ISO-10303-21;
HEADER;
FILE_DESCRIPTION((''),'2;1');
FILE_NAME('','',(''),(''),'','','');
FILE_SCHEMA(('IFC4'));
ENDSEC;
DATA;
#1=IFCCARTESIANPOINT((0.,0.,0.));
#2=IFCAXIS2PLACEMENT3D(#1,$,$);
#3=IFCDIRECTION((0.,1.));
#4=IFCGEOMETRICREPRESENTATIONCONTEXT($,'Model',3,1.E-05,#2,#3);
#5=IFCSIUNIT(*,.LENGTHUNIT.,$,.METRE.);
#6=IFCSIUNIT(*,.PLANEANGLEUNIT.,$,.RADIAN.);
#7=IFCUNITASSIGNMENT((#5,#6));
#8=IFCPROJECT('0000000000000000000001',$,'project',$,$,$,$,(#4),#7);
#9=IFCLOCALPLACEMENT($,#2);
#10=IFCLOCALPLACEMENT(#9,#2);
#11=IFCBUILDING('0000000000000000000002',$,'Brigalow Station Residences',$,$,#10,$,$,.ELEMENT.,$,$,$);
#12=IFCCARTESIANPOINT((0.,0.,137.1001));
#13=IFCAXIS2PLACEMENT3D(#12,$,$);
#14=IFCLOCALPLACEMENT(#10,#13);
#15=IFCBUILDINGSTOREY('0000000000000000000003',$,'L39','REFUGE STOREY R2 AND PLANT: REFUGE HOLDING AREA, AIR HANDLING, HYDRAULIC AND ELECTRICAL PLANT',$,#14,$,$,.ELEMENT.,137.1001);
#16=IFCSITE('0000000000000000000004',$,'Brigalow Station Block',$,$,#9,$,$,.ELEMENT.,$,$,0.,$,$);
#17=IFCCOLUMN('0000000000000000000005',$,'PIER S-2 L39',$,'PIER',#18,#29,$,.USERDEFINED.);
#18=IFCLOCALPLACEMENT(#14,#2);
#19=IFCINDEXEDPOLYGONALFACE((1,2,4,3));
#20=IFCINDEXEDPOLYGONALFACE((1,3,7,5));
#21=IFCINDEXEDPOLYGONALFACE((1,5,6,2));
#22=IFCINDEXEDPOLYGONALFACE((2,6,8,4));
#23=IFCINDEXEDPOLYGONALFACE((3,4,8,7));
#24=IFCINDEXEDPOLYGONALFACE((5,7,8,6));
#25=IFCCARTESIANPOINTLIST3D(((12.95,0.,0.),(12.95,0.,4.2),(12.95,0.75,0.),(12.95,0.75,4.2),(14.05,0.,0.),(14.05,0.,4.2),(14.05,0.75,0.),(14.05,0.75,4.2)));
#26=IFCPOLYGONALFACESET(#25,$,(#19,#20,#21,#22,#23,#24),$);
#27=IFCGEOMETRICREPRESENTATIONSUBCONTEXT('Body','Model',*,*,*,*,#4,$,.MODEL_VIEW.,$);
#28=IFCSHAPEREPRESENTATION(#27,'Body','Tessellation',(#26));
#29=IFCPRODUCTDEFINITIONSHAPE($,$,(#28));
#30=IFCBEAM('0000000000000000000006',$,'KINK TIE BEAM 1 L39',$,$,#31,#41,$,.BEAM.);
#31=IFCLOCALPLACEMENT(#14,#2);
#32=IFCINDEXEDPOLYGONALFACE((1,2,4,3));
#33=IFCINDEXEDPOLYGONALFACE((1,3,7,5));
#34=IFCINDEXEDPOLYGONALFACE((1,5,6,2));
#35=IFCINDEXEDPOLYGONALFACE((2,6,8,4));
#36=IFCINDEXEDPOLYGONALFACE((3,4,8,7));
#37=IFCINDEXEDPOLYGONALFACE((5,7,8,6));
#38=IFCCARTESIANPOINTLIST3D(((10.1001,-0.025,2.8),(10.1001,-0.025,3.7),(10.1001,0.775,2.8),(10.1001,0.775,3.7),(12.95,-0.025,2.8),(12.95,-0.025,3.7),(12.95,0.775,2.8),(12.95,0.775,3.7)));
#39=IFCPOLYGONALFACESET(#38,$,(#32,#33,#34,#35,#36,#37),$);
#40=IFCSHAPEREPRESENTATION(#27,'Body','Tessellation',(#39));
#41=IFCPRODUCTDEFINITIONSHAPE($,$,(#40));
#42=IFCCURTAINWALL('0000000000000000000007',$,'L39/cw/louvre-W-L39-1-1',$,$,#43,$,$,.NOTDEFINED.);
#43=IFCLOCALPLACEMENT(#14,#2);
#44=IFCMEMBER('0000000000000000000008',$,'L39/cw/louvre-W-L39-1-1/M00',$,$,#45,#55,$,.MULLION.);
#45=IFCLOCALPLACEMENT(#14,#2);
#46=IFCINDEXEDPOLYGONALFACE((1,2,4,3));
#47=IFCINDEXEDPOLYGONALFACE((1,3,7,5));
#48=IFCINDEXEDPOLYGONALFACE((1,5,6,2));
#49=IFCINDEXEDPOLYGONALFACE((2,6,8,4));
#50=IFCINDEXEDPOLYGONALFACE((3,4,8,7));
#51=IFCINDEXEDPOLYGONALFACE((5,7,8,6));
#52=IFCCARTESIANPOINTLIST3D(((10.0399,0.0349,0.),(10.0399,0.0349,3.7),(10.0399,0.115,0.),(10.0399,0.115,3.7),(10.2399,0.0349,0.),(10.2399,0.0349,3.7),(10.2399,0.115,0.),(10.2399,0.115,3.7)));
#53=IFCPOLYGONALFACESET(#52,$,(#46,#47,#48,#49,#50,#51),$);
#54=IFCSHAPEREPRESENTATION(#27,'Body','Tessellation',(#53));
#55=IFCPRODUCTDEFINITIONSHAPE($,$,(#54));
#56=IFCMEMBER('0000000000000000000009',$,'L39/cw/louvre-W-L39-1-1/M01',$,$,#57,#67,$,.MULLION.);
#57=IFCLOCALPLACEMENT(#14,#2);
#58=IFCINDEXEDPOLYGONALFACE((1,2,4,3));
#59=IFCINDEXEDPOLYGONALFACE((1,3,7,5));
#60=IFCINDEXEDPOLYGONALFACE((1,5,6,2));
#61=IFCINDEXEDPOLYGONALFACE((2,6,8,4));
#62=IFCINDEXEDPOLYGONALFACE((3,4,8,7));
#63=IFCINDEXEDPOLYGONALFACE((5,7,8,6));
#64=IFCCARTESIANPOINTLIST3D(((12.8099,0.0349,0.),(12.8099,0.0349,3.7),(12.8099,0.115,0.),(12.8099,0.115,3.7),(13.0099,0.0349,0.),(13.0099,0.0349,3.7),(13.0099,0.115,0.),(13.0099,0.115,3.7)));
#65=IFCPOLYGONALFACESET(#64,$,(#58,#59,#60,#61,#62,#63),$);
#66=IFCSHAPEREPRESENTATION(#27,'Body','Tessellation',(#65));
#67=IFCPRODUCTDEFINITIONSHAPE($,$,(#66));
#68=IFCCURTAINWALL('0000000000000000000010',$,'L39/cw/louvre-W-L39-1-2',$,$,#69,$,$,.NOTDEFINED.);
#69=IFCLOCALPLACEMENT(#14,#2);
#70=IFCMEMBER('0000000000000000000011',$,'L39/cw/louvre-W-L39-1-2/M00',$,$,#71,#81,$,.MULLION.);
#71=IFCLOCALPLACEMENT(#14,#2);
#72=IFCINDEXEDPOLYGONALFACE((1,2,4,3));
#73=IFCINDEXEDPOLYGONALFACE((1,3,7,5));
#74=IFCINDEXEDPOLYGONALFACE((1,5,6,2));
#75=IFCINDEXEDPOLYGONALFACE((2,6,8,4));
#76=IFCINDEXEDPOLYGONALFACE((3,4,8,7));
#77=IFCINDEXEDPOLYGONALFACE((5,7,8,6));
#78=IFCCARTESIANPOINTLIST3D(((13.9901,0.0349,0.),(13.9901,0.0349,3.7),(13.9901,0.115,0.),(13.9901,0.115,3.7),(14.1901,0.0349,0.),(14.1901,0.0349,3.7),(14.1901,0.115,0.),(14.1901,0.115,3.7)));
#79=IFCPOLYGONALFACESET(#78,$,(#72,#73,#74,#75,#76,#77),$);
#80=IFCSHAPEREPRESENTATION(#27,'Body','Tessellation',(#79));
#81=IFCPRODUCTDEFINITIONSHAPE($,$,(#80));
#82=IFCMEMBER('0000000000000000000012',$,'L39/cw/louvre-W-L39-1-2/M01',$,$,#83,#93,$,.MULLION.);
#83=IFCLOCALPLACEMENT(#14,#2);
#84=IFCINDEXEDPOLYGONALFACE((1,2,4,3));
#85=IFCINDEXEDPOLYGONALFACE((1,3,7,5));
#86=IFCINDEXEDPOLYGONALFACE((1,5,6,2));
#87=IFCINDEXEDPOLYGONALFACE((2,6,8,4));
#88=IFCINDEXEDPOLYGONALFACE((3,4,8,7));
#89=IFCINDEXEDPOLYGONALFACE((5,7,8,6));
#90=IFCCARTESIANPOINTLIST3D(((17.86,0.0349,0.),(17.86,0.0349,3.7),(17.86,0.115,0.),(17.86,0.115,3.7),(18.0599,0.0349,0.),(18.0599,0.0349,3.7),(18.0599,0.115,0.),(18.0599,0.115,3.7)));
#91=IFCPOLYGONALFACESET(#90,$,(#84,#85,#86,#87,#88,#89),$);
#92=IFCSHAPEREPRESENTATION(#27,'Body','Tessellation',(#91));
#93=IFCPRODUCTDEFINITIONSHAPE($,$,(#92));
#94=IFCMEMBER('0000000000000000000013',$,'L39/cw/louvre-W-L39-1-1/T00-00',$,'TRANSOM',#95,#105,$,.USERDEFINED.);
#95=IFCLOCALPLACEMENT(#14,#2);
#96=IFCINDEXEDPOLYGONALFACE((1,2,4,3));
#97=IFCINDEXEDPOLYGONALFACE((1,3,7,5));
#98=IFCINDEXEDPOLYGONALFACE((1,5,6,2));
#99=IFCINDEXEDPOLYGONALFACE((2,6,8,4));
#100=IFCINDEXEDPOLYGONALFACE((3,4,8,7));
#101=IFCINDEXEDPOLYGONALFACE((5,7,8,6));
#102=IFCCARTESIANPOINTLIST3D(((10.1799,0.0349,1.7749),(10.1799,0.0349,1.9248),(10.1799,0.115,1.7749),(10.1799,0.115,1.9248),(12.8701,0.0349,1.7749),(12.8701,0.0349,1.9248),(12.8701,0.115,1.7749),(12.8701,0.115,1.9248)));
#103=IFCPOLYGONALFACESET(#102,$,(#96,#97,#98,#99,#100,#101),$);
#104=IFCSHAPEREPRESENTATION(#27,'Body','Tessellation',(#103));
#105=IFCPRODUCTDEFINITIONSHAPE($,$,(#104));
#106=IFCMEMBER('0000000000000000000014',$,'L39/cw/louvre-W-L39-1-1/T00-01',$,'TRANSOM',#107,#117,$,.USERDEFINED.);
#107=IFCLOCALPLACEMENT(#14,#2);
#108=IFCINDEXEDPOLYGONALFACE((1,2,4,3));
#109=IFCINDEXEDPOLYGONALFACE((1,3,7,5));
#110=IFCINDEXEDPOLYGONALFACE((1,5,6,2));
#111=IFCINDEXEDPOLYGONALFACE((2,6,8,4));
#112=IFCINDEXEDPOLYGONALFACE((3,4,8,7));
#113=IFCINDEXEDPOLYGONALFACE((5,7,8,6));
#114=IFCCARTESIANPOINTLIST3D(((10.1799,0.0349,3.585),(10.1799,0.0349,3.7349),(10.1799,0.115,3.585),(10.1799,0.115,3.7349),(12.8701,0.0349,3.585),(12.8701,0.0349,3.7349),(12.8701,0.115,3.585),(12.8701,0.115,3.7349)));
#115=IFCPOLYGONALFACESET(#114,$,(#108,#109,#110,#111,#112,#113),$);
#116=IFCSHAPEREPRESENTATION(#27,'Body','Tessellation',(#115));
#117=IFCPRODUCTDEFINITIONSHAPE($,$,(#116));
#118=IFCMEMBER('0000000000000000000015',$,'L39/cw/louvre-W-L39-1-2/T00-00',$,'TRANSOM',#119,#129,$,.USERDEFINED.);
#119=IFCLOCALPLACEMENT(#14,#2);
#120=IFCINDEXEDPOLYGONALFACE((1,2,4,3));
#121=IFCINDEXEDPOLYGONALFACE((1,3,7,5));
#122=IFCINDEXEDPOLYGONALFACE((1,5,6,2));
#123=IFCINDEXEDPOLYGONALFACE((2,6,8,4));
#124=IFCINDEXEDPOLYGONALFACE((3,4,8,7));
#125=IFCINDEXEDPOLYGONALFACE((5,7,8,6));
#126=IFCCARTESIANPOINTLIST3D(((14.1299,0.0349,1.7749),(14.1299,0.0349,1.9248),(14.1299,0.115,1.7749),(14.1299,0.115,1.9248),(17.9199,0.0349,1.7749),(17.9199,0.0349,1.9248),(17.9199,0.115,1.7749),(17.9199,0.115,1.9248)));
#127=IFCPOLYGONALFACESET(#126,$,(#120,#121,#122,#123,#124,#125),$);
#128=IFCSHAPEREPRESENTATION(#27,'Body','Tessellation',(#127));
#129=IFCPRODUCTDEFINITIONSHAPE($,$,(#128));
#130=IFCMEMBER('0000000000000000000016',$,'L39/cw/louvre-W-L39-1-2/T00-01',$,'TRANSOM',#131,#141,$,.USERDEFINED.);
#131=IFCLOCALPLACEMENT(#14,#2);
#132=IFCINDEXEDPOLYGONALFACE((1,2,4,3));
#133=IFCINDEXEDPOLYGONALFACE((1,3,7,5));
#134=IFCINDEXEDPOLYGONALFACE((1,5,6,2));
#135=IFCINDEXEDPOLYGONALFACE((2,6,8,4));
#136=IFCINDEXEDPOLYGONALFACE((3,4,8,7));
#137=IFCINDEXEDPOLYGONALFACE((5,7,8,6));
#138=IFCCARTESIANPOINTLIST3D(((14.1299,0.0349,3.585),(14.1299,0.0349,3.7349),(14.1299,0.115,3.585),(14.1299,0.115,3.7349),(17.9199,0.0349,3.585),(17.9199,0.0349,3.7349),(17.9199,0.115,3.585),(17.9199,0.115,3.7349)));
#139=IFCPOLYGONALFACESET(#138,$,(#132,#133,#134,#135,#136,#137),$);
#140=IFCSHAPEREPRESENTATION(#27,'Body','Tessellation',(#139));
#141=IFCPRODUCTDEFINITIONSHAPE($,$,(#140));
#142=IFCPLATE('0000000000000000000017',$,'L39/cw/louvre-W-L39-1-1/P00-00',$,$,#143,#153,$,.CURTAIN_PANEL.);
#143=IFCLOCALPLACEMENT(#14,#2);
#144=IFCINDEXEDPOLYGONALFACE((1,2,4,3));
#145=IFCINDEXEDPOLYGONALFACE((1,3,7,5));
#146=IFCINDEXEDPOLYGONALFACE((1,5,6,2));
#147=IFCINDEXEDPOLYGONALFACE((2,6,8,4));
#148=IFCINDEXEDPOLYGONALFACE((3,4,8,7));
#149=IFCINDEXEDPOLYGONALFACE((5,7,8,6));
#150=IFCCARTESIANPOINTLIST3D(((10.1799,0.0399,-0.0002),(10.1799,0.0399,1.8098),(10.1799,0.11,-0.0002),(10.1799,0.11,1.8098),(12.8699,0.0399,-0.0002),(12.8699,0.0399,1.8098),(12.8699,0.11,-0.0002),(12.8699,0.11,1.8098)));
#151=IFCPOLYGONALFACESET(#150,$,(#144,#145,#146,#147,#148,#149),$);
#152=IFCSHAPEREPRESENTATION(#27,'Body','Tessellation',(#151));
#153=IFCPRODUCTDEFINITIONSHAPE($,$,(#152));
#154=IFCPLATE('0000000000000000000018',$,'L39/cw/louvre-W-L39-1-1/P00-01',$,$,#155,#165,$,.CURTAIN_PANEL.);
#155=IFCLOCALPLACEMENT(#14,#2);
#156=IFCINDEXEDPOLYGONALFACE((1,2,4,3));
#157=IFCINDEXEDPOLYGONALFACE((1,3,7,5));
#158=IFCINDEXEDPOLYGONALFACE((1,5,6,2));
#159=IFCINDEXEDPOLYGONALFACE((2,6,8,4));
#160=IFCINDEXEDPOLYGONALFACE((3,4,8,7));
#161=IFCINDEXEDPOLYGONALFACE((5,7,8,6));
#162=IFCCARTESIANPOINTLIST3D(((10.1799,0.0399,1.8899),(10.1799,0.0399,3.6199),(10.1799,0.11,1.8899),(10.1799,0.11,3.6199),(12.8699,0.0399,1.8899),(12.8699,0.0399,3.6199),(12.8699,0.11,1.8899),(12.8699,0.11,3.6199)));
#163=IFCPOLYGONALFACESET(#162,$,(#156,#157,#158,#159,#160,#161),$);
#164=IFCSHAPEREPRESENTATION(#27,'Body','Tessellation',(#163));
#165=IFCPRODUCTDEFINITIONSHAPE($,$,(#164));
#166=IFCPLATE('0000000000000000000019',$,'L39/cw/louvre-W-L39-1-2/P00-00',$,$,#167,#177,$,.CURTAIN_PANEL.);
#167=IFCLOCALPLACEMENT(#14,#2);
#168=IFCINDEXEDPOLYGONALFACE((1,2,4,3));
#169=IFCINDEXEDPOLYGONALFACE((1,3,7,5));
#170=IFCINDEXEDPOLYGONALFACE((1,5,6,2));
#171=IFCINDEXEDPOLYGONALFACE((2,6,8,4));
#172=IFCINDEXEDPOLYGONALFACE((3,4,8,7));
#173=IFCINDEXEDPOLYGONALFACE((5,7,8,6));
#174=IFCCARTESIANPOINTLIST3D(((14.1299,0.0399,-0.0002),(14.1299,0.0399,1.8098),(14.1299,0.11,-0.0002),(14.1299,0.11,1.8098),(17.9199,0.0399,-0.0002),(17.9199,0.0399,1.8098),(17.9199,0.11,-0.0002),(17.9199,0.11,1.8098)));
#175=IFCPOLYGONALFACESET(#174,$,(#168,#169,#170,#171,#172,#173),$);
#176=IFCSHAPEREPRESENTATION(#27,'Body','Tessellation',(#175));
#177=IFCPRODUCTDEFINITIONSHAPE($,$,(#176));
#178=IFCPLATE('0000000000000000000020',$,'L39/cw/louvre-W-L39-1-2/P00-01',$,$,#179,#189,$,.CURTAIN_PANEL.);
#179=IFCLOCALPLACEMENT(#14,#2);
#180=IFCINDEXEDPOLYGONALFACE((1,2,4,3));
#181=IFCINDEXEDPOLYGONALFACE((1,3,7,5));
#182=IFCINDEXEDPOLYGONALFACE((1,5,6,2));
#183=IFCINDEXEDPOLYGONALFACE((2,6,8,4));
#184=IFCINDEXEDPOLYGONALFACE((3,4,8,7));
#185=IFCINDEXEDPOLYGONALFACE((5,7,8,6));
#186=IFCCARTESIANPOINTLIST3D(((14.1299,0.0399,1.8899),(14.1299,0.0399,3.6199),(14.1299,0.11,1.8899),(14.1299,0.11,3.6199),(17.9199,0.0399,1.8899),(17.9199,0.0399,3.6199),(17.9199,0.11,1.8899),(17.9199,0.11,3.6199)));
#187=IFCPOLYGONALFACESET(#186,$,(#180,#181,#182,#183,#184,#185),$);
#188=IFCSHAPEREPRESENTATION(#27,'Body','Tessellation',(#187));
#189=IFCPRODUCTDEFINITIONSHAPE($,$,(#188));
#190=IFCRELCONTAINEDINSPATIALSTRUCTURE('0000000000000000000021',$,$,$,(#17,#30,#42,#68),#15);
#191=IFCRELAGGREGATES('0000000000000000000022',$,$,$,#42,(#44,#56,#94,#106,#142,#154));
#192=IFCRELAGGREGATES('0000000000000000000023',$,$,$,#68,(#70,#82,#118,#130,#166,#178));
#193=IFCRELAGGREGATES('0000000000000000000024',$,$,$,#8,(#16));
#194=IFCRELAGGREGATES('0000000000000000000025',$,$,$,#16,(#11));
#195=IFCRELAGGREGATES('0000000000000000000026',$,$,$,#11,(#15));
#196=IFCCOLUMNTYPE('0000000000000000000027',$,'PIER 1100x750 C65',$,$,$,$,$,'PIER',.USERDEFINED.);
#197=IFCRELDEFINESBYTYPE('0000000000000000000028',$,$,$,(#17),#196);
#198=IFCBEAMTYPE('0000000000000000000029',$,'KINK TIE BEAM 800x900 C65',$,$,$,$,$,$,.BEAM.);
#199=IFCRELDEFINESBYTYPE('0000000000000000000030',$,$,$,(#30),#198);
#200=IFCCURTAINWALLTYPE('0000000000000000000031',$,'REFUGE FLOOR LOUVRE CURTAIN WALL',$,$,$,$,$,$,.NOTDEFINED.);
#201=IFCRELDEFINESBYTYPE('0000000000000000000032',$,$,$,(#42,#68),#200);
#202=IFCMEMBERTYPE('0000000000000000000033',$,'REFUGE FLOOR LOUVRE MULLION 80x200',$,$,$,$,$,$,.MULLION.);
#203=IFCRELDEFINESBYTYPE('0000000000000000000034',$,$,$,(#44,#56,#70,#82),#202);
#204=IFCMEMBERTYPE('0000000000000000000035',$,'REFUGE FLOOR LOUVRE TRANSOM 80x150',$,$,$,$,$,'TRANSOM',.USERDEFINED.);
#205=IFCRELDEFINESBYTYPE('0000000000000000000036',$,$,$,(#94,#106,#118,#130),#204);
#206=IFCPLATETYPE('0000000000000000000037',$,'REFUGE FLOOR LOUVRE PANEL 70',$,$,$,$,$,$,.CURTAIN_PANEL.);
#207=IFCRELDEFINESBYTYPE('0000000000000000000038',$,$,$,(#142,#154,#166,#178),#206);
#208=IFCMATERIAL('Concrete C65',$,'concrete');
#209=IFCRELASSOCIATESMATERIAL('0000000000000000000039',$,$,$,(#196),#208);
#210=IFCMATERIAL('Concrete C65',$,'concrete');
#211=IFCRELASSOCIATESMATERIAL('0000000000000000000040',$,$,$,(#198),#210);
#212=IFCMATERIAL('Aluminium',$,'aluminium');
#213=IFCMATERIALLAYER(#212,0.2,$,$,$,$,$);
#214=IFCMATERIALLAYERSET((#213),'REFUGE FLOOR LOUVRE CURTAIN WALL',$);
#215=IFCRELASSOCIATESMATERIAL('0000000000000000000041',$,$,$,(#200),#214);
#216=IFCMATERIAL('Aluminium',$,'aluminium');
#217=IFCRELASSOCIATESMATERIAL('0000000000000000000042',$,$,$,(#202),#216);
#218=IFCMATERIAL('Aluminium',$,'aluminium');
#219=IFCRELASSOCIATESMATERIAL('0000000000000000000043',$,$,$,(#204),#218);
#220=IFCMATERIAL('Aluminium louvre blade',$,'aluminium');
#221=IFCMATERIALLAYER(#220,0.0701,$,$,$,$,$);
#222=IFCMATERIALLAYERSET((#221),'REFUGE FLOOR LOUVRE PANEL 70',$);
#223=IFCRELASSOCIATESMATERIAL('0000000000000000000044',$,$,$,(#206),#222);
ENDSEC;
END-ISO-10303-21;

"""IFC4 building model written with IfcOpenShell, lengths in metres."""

from ifc_helpers import new_model, si_unit, direction, frame, origin, origin_2d, place, context, subcontext, project, spatial, rectangle, extrude, material, layer, layer_set, material_profile, profile_set, type_object, element, aggregate, save


model = new_model("IFC4")

# Units and contexts
model_context = context("Model", 3, precision=1e-05, world=origin(), true_north=direction((0.0, 1.0)))
body_context = subcontext(model_context, "Body", "Model", "MODEL_VIEW")
ifc_project = project(units=[si_unit("LENGTHUNIT", "METRE"), si_unit("PLANEANGLEUNIT", "RADIAN")], contexts=[model_context])

# Site, building, storey
site_placement = place(None, origin())
site = spatial("IfcSite", under=ifc_project, at=site_placement, Name="Brigalow Station Block", CompositionType="ELEMENT", RefElevation=0.0)
building_placement = place(site_placement, origin())
building = spatial("IfcBuilding", under=site, at=building_placement, Name="Brigalow Station Residences", CompositionType="ELEMENT")
storey_placement = place(building_placement, frame((0.0, 0.0, 137.1001)))
storey = spatial("IfcBuildingStorey", under=building, at=storey_placement, Name="L39", Description="REFUGE STOREY R2 AND PLANT: REFUGE HOLDING AREA, AIR HANDLING, HYDRAULIC AND ELECTRICAL PLANT", CompositionType="ELEMENT", Elevation=137.1001)

# Column
ifc_material_1 = material(Name="Concrete C65", Category="concrete")
ifc_material_profile_1 = material_profile(ifc_material_1, rectangle(XDim=1.1001, YDim=0.75, at=origin_2d()), Name="RC1100x750")
ifc_profile_set_1 = profile_set([ifc_material_profile_1], Name="Concrete C65")
column_type = type_object("IfcColumnType", Name="PIER 1100x750 C65", ElementType="PIER", PredefinedType="USERDEFINED", material=ifc_profile_set_1)
column_placement = place(storey_placement, frame((13.5, 0.375, 0.0), z_axis=(0.0, 0.0, 1.0), x_axis=(1.0, 0.0, 0.0)))
element("IfcColumn", 1, at=column_placement, inside=storey, type_object=column_type, Name="PIER S-2 L39", ObjectType="PIER", PredefinedType="USERDEFINED", context=body_context, shape_type="SweptSolid", body=[
    extrude(rectangle(XDim=1.1001, YDim=0.75, at=origin_2d()), origin(), (0.0, 0.0, 1.0), 4.2),
])

# Beam
ifc_material_2 = material(Name="Concrete C65", Category="concrete")
ifc_material_profile_2 = material_profile(ifc_material_2, rectangle(XDim=0.8, YDim=0.8999, at=origin_2d()), Name="RC800x900")
ifc_profile_set_2 = profile_set([ifc_material_profile_2], Name="Concrete C65")
beam_type = type_object("IfcBeamType", Name="KINK TIE BEAM 800x900 C65", PredefinedType="BEAM", material=ifc_profile_set_2)
beam_placement = place(storey_placement, frame((10.1001, 0.375, 3.25), z_axis=(1.0, 0.0, 0.0), x_axis=(0.0, 1.0, 0.0)))
element("IfcBeam", 2, at=beam_placement, inside=storey, type_object=beam_type, Name="KINK TIE BEAM 1 L39", PredefinedType="BEAM", context=body_context, shape_type="SweptSolid", body=[
    extrude(rectangle(XDim=0.8, YDim=0.8999, at=origin_2d()), origin(), (0.0, 0.0, 1.0), 2.8499),
])

# Curtain walls, members
ifc_material_3 = material(Name="Aluminium", Category="aluminium")
ifc_layer_1 = layer(ifc_material_3, 0.2)
ifc_layer_set_1 = layer_set([ifc_layer_1], Name="REFUGE FLOOR LOUVRE CURTAIN WALL")
curtain_wall_type = type_object("IfcCurtainWallType", Name="REFUGE FLOOR LOUVRE CURTAIN WALL", PredefinedType="NOTDEFINED", material=ifc_layer_set_1)
curtain_wall_1_placement = place(storey_placement, origin())
curtain_wall_1 = element("IfcCurtainWall", 3, at=curtain_wall_1_placement, inside=storey, type_object=curtain_wall_type, Name="L39/cw/louvre-W-L39-1-1", PredefinedType="NOTDEFINED")
ifc_material_4 = material(Name="Aluminium", Category="aluminium")
ifc_material_profile_3 = material_profile(ifc_material_4, rectangle(XDim=0.0801, YDim=0.2, at=origin_2d()), Name="REFUGE FLOOR LOUVRE MULLION 80x200")
ifc_profile_set_3 = profile_set([ifc_material_profile_3], Name="Aluminium")
member_type_1 = type_object("IfcMemberType", Name="REFUGE FLOOR LOUVRE MULLION 80x200", PredefinedType="MULLION", material=ifc_profile_set_3)
member_1_placement = place(storey_placement, frame((10.1399, 0.075, 0.0), z_axis=(0.0, 0.0, 1.0), x_axis=(0.0, 1.0, 0.0)))
member_1 = element("IfcMember", 4, at=member_1_placement, type_object=member_type_1, Name="L39/cw/louvre-W-L39-1-1/M00", PredefinedType="MULLION", context=body_context, shape_type="SweptSolid", body=[
    extrude(rectangle(XDim=0.0801, YDim=0.2, at=origin_2d()), origin(), (0.0, 0.0, 1.0), 3.7),
])
member_2_placement = place(storey_placement, frame((12.9099, 0.075, 0.0), z_axis=(0.0, 0.0, 1.0), x_axis=(0.0, 1.0, 0.0)))
member_2 = element("IfcMember", 5, at=member_2_placement, type_object=member_type_1, Name="L39/cw/louvre-W-L39-1-1/M01", PredefinedType="MULLION", context=body_context, shape_type="SweptSolid", body=[
    extrude(rectangle(XDim=0.0801, YDim=0.2, at=origin_2d()), origin(), (0.0, 0.0, 1.0), 3.7),
])
curtain_wall_2_placement = place(storey_placement, origin())
curtain_wall_2 = element("IfcCurtainWall", 6, at=curtain_wall_2_placement, inside=storey, type_object=curtain_wall_type, Name="L39/cw/louvre-W-L39-1-2", PredefinedType="NOTDEFINED")
member_3_placement = place(storey_placement, frame((14.0901, 0.075, 0.0), z_axis=(0.0, 0.0, 1.0), x_axis=(0.0, 1.0, 0.0)))
member_3 = element("IfcMember", 7, at=member_3_placement, type_object=member_type_1, Name="L39/cw/louvre-W-L39-1-2/M00", PredefinedType="MULLION", context=body_context, shape_type="SweptSolid", body=[
    extrude(rectangle(XDim=0.0801, YDim=0.2, at=origin_2d()), origin(), (0.0, 0.0, 1.0), 3.7),
])
member_4_placement = place(storey_placement, frame((17.96, 0.075, 0.0), z_axis=(0.0, 0.0, 1.0), x_axis=(0.0, 1.0, 0.0)))
member_4 = element("IfcMember", 8, at=member_4_placement, type_object=member_type_1, Name="L39/cw/louvre-W-L39-1-2/M01", PredefinedType="MULLION", context=body_context, shape_type="SweptSolid", body=[
    extrude(rectangle(XDim=0.0801, YDim=0.2, at=origin_2d()), origin(), (0.0, 0.0, 1.0), 3.7),
])

# Members
ifc_material_5 = material(Name="Aluminium", Category="aluminium")
ifc_material_profile_4 = material_profile(ifc_material_5, rectangle(XDim=0.0801, YDim=0.1499, at=origin_2d()), Name="REFUGE FLOOR LOUVRE TRANSOM 80x150")
ifc_profile_set_4 = profile_set([ifc_material_profile_4], Name="Aluminium")
member_type_2 = type_object("IfcMemberType", Name="REFUGE FLOOR LOUVRE TRANSOM 80x150", ElementType="TRANSOM", PredefinedType="USERDEFINED", material=ifc_profile_set_4)
member_5_placement = place(storey_placement, frame((10.1799, 0.075, 1.8499), z_axis=(1.0, 0.0, 0.0), x_axis=(0.0, 1.0, 0.0)))
member_5 = element("IfcMember", 9, at=member_5_placement, type_object=member_type_2, Name="L39/cw/louvre-W-L39-1-1/T00-00", ObjectType="TRANSOM", PredefinedType="USERDEFINED", context=body_context, shape_type="SweptSolid", body=[
    extrude(rectangle(XDim=0.0801, YDim=0.1499, at=origin_2d()), origin(), (0.0, 0.0, 1.0), 2.6902),
])
member_6_placement = place(storey_placement, frame((10.1799, 0.075, 3.6599), z_axis=(1.0, 0.0, 0.0), x_axis=(0.0, 1.0, 0.0)))
member_6 = element("IfcMember", 10, at=member_6_placement, type_object=member_type_2, Name="L39/cw/louvre-W-L39-1-1/T00-01", ObjectType="TRANSOM", PredefinedType="USERDEFINED", context=body_context, shape_type="SweptSolid", body=[
    extrude(rectangle(XDim=0.0801, YDim=0.1499, at=origin_2d()), origin(), (0.0, 0.0, 1.0), 2.6902),
])
member_7_placement = place(storey_placement, frame((14.1299, 0.075, 1.8499), z_axis=(1.0, 0.0, 0.0), x_axis=(0.0, 1.0, 0.0)))
member_7 = element("IfcMember", 11, at=member_7_placement, type_object=member_type_2, Name="L39/cw/louvre-W-L39-1-2/T00-00", ObjectType="TRANSOM", PredefinedType="USERDEFINED", context=body_context, shape_type="SweptSolid", body=[
    extrude(rectangle(XDim=0.0801, YDim=0.1499, at=origin_2d()), origin(), (0.0, 0.0, 1.0), 3.79),
])
member_8_placement = place(storey_placement, frame((14.1299, 0.075, 3.6599), z_axis=(1.0, 0.0, 0.0), x_axis=(0.0, 1.0, 0.0)))
member_8 = element("IfcMember", 12, at=member_8_placement, type_object=member_type_2, Name="L39/cw/louvre-W-L39-1-2/T00-01", ObjectType="TRANSOM", PredefinedType="USERDEFINED", context=body_context, shape_type="SweptSolid", body=[
    extrude(rectangle(XDim=0.0801, YDim=0.1499, at=origin_2d()), origin(), (0.0, 0.0, 1.0), 3.79),
])

# Plates
ifc_material_6 = material(Name="Aluminium louvre blade", Category="aluminium")
ifc_layer_2 = layer(ifc_material_6, 0.0701)
ifc_layer_set_2 = layer_set([ifc_layer_2], Name="REFUGE FLOOR LOUVRE PANEL 70")
plate_type = type_object("IfcPlateType", Name="REFUGE FLOOR LOUVRE PANEL 70", PredefinedType="CURTAIN_PANEL", material=ifc_layer_set_2)
plate_1_placement = place(storey_placement, frame((11.5249, 0.075, -0.0002), z_axis=(0.0, 0.0, 1.0), x_axis=(1.0, 0.0, 0.0)))
plate_1 = element("IfcPlate", 13, at=plate_1_placement, type_object=plate_type, Name="L39/cw/louvre-W-L39-1-1/P00-00", PredefinedType="CURTAIN_PANEL", context=body_context, shape_type="SweptSolid", body=[
    extrude(rectangle(XDim=2.6899, YDim=0.0701, at=origin_2d()), origin(), (0.0, 0.0, 1.0), 1.8101),
])
plate_2_placement = place(storey_placement, frame((11.5249, 0.075, 1.8899), z_axis=(0.0, 0.0, 1.0), x_axis=(1.0, 0.0, 0.0)))
plate_2 = element("IfcPlate", 14, at=plate_2_placement, type_object=plate_type, Name="L39/cw/louvre-W-L39-1-1/P00-01", PredefinedType="CURTAIN_PANEL", context=body_context, shape_type="SweptSolid", body=[
    extrude(rectangle(XDim=2.6899, YDim=0.0701, at=origin_2d()), origin(), (0.0, 0.0, 1.0), 1.73),
])
aggregate(curtain_wall_1, [member_1, member_2, member_5, member_6, plate_1, plate_2])
plate_3_placement = place(storey_placement, frame((16.0249, 0.075, -0.0002), z_axis=(0.0, 0.0, 1.0), x_axis=(1.0, 0.0, 0.0)))
plate_3 = element("IfcPlate", 15, at=plate_3_placement, type_object=plate_type, Name="L39/cw/louvre-W-L39-1-2/P00-00", PredefinedType="CURTAIN_PANEL", context=body_context, shape_type="SweptSolid", body=[
    extrude(rectangle(XDim=3.79, YDim=0.0701, at=origin_2d()), origin(), (0.0, 0.0, 1.0), 1.8101),
])
plate_4_placement = place(storey_placement, frame((16.0249, 0.075, 1.8899), z_axis=(0.0, 0.0, 1.0), x_axis=(1.0, 0.0, 0.0)))
plate_4 = element("IfcPlate", 16, at=plate_4_placement, type_object=plate_type, Name="L39/cw/louvre-W-L39-1-2/P00-01", PredefinedType="CURTAIN_PANEL", context=body_context, shape_type="SweptSolid", body=[
    extrude(rectangle(XDim=3.79, YDim=0.0701, at=origin_2d()), origin(), (0.0, 0.0, 1.0), 1.73),
])
aggregate(curtain_wall_2, [member_3, member_4, member_7, member_8, plate_3, plate_4])

save(model, "model.ifc")
